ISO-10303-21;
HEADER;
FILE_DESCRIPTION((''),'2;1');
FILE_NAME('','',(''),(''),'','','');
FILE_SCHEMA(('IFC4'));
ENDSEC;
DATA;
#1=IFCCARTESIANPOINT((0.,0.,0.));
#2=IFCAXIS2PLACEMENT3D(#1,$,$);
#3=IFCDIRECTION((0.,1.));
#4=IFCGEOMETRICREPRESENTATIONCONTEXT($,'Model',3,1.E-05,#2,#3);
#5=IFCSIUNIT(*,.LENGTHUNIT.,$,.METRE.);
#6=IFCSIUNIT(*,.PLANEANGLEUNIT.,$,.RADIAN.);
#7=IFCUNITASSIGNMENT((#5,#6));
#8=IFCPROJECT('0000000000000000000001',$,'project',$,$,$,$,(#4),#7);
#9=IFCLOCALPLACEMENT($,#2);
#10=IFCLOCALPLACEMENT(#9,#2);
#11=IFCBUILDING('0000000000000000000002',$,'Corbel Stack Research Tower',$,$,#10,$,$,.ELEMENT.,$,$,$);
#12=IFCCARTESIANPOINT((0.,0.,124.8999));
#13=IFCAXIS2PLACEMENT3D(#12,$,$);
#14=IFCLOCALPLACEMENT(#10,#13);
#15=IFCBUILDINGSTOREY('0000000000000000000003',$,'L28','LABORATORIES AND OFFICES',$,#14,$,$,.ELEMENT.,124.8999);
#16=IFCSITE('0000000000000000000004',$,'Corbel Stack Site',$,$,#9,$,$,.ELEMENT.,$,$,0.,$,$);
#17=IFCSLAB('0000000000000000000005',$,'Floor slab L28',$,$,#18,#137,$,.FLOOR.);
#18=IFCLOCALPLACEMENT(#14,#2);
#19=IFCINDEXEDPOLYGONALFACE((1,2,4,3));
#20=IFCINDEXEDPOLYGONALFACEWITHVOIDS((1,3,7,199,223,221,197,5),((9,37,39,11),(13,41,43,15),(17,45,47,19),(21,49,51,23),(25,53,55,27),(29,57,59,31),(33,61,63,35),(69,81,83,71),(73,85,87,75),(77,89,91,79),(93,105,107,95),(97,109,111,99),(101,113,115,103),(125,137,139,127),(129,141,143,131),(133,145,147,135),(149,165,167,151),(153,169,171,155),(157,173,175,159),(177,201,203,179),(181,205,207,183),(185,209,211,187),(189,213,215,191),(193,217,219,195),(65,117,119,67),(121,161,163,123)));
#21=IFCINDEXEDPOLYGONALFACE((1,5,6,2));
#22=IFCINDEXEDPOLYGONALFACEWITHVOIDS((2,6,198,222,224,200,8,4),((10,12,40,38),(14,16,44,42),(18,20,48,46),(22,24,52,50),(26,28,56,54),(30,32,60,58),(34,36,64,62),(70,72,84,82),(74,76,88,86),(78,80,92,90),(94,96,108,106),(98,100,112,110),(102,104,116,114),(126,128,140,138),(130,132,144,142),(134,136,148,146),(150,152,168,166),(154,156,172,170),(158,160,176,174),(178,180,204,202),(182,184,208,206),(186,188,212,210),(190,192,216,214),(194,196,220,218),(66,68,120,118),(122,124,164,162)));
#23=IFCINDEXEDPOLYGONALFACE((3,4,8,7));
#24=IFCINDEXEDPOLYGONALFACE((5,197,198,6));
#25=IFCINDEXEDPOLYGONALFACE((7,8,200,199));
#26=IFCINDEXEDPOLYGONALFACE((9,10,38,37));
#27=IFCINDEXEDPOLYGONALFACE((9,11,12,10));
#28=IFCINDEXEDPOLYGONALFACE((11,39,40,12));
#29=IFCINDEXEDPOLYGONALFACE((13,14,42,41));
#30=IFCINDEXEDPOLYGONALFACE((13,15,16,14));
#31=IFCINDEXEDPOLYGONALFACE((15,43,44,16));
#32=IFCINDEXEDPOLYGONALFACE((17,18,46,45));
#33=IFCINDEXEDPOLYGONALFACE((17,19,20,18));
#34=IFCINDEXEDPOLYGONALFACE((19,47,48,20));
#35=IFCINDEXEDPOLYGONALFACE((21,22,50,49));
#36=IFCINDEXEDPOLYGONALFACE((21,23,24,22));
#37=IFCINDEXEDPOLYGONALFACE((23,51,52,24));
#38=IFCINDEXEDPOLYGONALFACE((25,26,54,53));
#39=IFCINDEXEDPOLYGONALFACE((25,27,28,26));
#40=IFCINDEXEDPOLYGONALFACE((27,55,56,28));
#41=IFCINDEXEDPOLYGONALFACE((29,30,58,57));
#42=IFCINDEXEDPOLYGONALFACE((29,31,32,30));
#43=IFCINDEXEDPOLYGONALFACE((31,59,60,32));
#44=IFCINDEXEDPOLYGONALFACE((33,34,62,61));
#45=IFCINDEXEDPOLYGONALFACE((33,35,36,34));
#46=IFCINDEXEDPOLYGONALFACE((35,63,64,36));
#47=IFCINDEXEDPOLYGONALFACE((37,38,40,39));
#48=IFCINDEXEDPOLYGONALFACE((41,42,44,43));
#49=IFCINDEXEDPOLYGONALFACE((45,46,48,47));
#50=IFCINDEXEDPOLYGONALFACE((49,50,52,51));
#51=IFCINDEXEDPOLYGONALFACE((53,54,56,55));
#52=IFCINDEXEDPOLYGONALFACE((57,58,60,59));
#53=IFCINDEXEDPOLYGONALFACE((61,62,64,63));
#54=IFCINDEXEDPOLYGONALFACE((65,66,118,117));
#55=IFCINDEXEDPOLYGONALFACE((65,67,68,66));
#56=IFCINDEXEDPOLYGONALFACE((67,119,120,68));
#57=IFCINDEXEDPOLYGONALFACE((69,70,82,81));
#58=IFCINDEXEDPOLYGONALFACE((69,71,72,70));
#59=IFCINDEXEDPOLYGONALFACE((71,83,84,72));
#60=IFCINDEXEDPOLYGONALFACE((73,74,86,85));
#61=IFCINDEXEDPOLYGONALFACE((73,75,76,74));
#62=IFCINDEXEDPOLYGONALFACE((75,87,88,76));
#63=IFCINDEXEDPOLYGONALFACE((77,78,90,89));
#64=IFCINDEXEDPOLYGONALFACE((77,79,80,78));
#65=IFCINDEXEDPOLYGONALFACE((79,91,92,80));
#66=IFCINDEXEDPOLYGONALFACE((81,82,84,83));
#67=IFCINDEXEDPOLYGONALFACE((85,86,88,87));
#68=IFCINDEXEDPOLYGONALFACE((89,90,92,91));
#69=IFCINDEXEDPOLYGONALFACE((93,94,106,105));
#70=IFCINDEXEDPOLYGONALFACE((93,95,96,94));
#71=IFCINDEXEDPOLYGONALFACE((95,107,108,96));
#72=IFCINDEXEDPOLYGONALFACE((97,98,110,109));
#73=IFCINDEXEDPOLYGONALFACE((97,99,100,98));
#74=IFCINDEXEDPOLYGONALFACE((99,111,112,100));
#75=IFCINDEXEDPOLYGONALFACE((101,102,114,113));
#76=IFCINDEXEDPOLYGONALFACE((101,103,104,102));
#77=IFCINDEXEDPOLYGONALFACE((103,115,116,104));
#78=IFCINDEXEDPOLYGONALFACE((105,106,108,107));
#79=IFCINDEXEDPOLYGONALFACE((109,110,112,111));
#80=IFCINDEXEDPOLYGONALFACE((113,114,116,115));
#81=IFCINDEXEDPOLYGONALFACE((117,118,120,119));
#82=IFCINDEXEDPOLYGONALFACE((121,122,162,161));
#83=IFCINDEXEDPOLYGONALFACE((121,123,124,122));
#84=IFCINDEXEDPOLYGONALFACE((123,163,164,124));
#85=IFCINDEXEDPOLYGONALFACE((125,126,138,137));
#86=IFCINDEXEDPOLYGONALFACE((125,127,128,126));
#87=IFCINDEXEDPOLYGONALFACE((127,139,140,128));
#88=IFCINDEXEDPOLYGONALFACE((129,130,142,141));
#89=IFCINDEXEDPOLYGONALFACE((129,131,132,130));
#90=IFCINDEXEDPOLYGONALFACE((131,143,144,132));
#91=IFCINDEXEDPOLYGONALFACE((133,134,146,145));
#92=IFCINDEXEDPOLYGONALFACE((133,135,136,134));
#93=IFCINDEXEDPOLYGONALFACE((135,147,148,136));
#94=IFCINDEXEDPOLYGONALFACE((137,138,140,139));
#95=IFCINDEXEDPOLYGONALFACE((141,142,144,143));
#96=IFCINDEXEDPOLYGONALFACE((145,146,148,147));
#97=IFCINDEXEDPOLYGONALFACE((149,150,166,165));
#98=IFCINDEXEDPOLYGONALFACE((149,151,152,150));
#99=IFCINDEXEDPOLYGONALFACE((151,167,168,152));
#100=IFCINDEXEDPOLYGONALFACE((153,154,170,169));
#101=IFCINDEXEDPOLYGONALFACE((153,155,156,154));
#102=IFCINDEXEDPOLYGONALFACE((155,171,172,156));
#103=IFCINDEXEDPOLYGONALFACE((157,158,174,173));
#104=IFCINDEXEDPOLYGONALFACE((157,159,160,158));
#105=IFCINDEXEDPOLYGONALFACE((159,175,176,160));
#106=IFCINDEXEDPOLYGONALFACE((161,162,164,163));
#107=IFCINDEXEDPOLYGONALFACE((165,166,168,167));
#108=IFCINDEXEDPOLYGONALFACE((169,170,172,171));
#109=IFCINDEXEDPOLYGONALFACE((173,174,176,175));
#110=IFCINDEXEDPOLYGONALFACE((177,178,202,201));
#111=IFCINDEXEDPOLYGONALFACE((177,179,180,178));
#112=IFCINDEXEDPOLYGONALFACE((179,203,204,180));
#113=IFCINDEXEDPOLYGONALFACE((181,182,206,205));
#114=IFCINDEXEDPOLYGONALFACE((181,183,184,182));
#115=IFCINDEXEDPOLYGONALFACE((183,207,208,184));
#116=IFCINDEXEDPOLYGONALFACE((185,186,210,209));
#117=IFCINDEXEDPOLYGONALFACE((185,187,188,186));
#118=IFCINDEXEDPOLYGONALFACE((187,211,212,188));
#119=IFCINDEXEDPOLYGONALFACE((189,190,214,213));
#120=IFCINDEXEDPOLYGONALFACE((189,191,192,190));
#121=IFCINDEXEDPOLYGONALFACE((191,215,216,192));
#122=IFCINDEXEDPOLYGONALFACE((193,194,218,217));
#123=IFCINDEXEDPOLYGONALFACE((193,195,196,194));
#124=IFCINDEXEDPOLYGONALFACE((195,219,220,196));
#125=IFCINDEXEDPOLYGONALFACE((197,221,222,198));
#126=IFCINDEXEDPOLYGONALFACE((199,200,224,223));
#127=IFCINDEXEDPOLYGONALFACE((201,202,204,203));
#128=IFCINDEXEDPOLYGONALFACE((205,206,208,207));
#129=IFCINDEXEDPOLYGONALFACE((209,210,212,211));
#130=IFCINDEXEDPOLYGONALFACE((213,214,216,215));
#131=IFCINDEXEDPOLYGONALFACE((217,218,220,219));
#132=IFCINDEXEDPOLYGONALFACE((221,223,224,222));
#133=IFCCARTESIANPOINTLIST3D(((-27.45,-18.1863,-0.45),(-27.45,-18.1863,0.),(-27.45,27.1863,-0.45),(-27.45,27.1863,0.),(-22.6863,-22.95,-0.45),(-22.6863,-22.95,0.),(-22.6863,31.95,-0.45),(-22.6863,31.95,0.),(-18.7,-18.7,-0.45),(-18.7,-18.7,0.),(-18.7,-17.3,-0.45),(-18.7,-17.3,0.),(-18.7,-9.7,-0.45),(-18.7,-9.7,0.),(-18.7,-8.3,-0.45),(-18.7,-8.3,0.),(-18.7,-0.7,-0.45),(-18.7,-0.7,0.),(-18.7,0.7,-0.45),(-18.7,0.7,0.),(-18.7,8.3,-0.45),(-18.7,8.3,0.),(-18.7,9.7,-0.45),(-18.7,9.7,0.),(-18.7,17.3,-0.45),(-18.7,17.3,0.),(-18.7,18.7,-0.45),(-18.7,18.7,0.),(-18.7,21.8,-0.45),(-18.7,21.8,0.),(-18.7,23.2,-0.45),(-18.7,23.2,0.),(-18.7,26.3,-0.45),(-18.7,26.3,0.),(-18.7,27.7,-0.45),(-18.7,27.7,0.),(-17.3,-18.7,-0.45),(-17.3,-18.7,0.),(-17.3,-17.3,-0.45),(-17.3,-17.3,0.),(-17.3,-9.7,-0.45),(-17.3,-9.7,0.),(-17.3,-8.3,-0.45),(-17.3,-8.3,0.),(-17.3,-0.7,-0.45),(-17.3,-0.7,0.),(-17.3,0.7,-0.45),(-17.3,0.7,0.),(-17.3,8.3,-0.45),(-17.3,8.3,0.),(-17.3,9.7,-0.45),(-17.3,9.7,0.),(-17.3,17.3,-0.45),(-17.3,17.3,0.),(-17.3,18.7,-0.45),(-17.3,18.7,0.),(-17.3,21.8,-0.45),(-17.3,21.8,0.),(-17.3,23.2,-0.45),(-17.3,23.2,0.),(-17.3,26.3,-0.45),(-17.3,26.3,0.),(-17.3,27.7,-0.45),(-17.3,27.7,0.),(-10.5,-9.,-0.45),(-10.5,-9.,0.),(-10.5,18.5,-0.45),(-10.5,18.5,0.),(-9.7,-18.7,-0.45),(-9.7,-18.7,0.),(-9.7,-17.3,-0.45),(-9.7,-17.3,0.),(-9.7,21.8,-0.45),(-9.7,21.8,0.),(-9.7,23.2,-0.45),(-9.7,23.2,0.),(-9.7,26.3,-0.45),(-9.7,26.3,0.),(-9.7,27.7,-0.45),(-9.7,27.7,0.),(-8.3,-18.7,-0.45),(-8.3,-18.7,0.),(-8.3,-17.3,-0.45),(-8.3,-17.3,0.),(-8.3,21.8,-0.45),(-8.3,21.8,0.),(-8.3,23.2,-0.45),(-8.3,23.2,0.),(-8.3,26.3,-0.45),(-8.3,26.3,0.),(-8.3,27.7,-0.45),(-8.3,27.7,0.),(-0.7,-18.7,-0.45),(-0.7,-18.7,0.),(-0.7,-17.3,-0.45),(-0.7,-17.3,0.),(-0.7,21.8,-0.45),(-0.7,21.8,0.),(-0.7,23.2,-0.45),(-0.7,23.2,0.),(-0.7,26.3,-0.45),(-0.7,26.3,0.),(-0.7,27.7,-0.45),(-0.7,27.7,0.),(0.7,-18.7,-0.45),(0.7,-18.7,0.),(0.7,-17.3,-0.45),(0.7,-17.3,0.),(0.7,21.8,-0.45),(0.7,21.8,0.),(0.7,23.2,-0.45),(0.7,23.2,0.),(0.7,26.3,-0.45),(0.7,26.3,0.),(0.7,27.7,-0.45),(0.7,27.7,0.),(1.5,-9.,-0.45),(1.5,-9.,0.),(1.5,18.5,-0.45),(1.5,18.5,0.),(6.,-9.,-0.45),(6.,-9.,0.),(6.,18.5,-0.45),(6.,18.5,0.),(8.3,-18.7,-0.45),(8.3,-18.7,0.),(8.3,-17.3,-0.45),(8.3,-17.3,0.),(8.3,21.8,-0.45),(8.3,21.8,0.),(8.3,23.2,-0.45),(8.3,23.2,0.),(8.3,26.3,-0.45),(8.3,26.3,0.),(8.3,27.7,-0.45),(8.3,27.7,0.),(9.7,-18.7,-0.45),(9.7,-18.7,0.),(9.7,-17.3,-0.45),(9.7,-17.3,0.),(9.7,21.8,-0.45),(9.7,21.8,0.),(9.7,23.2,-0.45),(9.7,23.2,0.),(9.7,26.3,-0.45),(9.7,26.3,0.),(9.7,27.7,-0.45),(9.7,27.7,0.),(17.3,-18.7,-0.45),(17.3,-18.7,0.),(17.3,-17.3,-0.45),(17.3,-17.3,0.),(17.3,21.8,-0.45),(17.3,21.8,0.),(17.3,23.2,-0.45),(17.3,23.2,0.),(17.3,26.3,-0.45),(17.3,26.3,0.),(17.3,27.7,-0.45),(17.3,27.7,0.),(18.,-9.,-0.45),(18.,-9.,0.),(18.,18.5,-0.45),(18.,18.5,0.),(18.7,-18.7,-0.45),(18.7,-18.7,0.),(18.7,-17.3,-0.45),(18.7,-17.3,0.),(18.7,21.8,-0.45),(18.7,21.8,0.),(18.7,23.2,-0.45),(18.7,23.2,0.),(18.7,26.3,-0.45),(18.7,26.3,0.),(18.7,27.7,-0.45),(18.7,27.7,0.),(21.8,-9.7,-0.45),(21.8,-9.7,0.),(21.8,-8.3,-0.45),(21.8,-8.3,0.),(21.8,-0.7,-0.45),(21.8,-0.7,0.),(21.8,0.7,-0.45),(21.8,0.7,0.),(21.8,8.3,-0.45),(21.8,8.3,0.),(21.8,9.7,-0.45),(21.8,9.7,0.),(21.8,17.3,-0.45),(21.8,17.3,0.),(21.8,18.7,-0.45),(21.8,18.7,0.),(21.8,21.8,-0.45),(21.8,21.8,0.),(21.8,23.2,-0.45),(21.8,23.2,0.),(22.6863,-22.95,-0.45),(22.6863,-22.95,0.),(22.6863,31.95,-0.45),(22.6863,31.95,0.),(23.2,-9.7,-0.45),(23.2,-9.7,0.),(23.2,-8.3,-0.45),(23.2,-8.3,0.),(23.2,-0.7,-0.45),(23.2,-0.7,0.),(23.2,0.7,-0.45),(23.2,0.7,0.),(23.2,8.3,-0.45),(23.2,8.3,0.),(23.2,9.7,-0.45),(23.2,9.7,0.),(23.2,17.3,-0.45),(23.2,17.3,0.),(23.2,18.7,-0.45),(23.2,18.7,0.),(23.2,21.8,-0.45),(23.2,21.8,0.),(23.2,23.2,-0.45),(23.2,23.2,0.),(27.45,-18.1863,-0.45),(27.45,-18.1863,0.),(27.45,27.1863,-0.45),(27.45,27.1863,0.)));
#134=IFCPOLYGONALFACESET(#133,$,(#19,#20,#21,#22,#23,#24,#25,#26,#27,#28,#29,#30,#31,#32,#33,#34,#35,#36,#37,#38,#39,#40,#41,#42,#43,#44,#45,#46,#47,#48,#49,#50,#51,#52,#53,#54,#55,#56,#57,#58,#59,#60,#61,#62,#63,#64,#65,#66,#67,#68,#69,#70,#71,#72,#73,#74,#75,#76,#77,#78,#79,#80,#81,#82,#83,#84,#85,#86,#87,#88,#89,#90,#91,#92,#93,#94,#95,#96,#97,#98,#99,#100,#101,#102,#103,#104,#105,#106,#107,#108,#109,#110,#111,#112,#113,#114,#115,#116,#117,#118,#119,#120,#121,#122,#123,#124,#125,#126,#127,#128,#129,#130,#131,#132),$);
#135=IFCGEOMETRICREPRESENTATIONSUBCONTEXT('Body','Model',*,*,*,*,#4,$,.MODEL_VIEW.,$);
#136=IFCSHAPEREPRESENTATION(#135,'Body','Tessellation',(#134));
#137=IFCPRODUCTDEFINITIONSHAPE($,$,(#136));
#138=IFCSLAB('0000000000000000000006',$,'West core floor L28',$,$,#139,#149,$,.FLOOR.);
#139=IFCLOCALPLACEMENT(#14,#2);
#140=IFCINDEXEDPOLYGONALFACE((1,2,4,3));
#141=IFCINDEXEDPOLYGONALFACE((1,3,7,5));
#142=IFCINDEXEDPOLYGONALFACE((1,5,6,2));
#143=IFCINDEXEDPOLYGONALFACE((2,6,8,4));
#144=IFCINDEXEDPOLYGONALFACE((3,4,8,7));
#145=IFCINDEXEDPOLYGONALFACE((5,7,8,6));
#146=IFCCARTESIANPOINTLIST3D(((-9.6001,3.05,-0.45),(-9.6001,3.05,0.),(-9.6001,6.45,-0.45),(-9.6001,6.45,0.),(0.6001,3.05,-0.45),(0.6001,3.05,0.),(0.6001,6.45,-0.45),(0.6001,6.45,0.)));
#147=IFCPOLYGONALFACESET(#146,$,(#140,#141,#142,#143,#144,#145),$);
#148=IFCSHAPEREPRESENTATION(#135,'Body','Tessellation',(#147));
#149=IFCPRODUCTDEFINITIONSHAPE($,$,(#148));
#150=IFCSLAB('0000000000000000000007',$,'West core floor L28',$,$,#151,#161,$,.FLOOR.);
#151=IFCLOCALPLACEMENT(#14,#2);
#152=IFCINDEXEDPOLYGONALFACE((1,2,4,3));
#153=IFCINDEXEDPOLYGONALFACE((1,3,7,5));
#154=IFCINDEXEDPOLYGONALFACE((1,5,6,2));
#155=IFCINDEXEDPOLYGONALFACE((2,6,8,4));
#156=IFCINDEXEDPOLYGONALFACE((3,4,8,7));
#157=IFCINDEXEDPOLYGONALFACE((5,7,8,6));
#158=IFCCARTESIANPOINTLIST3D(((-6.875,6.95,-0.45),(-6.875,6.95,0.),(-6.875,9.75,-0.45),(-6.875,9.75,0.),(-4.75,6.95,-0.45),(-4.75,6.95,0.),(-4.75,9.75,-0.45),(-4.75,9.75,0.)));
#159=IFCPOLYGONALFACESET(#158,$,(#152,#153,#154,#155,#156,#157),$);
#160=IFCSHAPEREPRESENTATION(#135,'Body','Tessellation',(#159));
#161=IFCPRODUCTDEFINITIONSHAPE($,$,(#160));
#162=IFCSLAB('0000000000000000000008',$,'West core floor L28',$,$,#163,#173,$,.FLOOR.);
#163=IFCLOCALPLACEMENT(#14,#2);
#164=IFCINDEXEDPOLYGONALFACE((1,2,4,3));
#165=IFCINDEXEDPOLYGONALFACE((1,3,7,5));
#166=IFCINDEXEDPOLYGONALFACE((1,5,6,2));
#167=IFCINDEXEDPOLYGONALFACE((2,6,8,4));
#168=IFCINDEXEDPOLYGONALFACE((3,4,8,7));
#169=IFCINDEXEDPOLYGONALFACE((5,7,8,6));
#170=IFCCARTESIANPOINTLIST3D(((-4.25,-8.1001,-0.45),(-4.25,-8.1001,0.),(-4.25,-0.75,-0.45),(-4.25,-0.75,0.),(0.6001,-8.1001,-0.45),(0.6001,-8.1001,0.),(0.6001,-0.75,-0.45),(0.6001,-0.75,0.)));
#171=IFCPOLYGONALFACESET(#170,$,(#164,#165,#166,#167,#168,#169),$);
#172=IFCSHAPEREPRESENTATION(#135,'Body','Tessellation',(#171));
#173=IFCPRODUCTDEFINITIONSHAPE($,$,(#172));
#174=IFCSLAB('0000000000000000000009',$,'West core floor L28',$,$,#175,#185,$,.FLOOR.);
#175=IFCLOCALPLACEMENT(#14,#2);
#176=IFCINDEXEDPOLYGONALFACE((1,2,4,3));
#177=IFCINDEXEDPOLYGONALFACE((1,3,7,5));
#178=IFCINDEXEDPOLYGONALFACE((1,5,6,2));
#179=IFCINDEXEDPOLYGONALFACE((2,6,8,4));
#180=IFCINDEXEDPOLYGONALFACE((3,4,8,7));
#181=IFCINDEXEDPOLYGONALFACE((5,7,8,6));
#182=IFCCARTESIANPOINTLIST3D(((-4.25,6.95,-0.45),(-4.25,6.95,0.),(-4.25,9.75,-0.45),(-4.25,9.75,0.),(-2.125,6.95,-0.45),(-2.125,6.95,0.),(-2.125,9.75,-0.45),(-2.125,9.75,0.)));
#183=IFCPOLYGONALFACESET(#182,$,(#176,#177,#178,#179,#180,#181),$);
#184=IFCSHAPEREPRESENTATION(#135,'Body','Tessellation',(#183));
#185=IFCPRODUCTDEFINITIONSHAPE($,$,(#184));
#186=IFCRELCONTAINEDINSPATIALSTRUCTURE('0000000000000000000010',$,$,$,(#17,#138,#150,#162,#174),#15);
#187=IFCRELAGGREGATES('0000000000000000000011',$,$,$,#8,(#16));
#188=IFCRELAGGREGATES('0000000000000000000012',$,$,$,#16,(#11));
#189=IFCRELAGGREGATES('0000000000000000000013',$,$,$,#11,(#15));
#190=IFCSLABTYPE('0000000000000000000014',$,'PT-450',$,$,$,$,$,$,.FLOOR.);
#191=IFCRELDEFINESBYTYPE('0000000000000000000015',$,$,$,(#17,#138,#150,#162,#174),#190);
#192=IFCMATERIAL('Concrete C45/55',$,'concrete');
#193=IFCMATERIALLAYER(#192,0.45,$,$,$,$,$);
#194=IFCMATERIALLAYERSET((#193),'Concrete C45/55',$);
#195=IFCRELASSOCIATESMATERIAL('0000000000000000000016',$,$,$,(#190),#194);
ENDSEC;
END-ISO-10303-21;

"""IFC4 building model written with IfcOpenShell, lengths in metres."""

from ifc_helpers import new_model, si_unit, direction, frame, origin, place, context, subcontext, project, spatial, polyline, outline, extrude, material, layer, layer_set, type_object, element, save


model = new_model("IFC4")

# Units and contexts
model_context = context("Model", 3, precision=1e-05, world=origin(), true_north=direction((0.0, 1.0)))
body_context = subcontext(model_context, "Body", "Model", "MODEL_VIEW")
ifc_project = project(units=[si_unit("LENGTHUNIT", "METRE"), si_unit("PLANEANGLEUNIT", "RADIAN")], contexts=[model_context])

# Site, building, storey
site_placement = place(None, origin())
site = spatial("IfcSite", under=ifc_project, at=site_placement, Name="Corbel Stack Site", CompositionType="ELEMENT", RefElevation=0.0)
building_placement = place(site_placement, origin())
building = spatial("IfcBuilding", under=site, at=building_placement, Name="Corbel Stack Research Tower", CompositionType="ELEMENT")
storey_placement = place(building_placement, frame((0.0, 0.0, 124.8999)))
storey = spatial("IfcBuildingStorey", under=building, at=storey_placement, Name="L28", Description="LABORATORIES AND OFFICES", CompositionType="ELEMENT", Elevation=124.8999)

# Slabs
ifc_material_1 = material(Name="Concrete C45/55", Category="concrete")
ifc_layer_1 = layer(ifc_material_1, 0.45)
ifc_layer_set_1 = layer_set([ifc_layer_1], Name="Concrete C45/55")
slab_type_1 = type_object("IfcSlabType", Name="PT-450", PredefinedType="FLOOR", material=ifc_layer_set_1)
slab_1_placement = place(storey_placement, frame((0.0, 0.0, -0.45)))
element("IfcSlab", 1, at=slab_1_placement, inside=storey, type_object=slab_type_1, Name="Floor slab L28", PredefinedType="FLOOR", context=body_context, shape_type="SweptSolid", body=[
    extrude(outline(polyline([(-22.6863, -22.95), (22.6863, -22.95), (27.45, -18.1863), (27.45, 27.1863), (22.6863, 31.95), (-22.6863, 31.95), (-27.45, 27.1863), (-27.45, -18.1863), (-22.6863, -22.95)]), holes=[polyline([(21.8, 21.8), (21.8, 23.2), (23.2, 23.2), (23.2, 21.8), (21.8, 21.8)]), polyline([(23.2, 17.3), (21.8, 17.3), (21.8, 18.7), (23.2, 18.7), (23.2, 17.3)]), polyline([(21.8, 8.3), (21.8, 9.7), (23.2, 9.7), (23.2, 8.3), (21.8, 8.3)]), polyline([(23.2, -0.7), (21.8, -0.7), (21.8, 0.7), (23.2, 0.7), (23.2, -0.7)]), polyline([(21.8, -9.7), (21.8, -8.3), (23.2, -8.3), (23.2, -9.7), (21.8, -9.7)]), polyline([(17.3, 26.3), (17.3, 27.7), (18.7, 27.7), (18.7, 26.3), (17.3, 26.3)]), polyline([(17.3, 21.8), (17.3, 23.2), (18.7, 23.2), (18.7, 21.8), (17.3, 21.8)]), polyline([(17.3, -18.7), (17.3, -17.3), (18.7, -17.3), (18.7, -18.7), (17.3, -18.7)]), polyline([(6.0, -9.0), (6.0, 18.5), (18.0, 18.5), (18.0, -9.0), (6.0, -9.0)]), polyline([(8.3, 26.3), (8.3, 27.7), (9.7, 27.7), (9.7, 26.3), (8.3, 26.3)]), polyline([(8.3, 21.8), (8.3, 23.2), (9.7, 23.2), (9.7, 21.8), (8.3, 21.8)]), polyline([(9.7, -18.7), (8.3, -18.7), (8.3, -17.3), (9.7, -17.3), (9.7, -18.7)]), polyline([(-10.5, -9.0), (-10.5, 18.5), (1.5, 18.5), (1.5, -9.0), (-10.5, -9.0)]), polyline([(-0.7, 26.3), (-0.7, 27.7), (0.7, 27.7), (0.7, 26.3), (-0.7, 26.3)]), polyline([(-0.7, 21.8), (-0.7, 23.2), (0.7, 23.2), (0.7, 21.8), (-0.7, 21.8)]), polyline([(-0.7, -18.7), (-0.7, -17.3), (0.7, -17.3), (0.7, -18.7), (-0.7, -18.7)]), polyline([(-9.7, 26.3), (-9.7, 27.7), (-8.3, 27.7), (-8.3, 26.3), (-9.7, 26.3)]), polyline([(-9.7, 21.8), (-9.7, 23.2), (-8.3, 23.2), (-8.3, 21.8), (-9.7, 21.8)]), polyline([(-9.7, -18.7), (-9.7, -17.3), (-8.3, -17.3), (-8.3, -18.7), (-9.7, -18.7)]), polyline([(-18.7, 26.3), (-18.7, 27.7), (-17.3, 27.7), (-17.3, 26.3), (-18.7, 26.3)]), polyline([(-18.7, 21.8), (-18.7, 23.2), (-17.3, 23.2), (-17.3, 21.8), (-18.7, 21.8)]), polyline([(-18.7, 17.3), (-18.7, 18.7), (-17.3, 18.7), (-17.3, 17.3), (-18.7, 17.3)]), polyline([(-17.3, 8.3), (-18.7, 8.3), (-18.7, 9.7), (-17.3, 9.7), (-17.3, 8.3)]), polyline([(-18.7, -0.7), (-18.7, 0.7), (-17.3, 0.7), (-17.3, -0.7), (-18.7, -0.7)]), polyline([(-17.3, -9.7), (-18.7, -9.7), (-18.7, -8.3), (-17.3, -8.3), (-17.3, -9.7)]), polyline([(-17.3, -18.7), (-18.7, -18.7), (-18.7, -17.3), (-17.3, -17.3), (-17.3, -18.7)])]), origin(), (0.0, 0.0, 1.0), 0.45),
])
slab_2_placement = place(storey_placement, frame((0.0, 0.0, -0.45)))
element("IfcSlab", 2, at=slab_2_placement, inside=storey, type_object=slab_type_1, Name="West core floor L28", PredefinedType="FLOOR", context=body_context, shape_type="SweptSolid", body=[
    extrude(outline(polyline([(0.6001, 6.45), (-9.6001, 6.45), (-9.6001, 3.05), (0.6001, 3.05), (0.6001, 6.45)])), origin(), (0.0, 0.0, 1.0), 0.45),
])
slab_3_placement = place(storey_placement, frame((0.0, 0.0, -0.45)))
element("IfcSlab", 3, at=slab_3_placement, inside=storey, type_object=slab_type_1, Name="West core floor L28", PredefinedType="FLOOR", context=body_context, shape_type="SweptSolid", body=[
    extrude(outline(polyline([(-6.875, 6.95), (-4.75, 6.95), (-4.75, 9.75), (-6.875, 9.75), (-6.875, 6.95)])), origin(), (0.0, 0.0, 1.0), 0.45),
])
slab_4_placement = place(storey_placement, frame((0.0, 0.0, -0.45)))
element("IfcSlab", 4, at=slab_4_placement, inside=storey, type_object=slab_type_1, Name="West core floor L28", PredefinedType="FLOOR", context=body_context, shape_type="SweptSolid", body=[
    extrude(outline(polyline([(0.6001, -8.1001), (0.6001, -0.75), (-4.25, -0.75), (-4.25, -8.1001), (0.6001, -8.1001)])), origin(), (0.0, 0.0, 1.0), 0.45),
])
slab_5_placement = place(storey_placement, frame((0.0, 0.0, -0.45)))
element("IfcSlab", 5, at=slab_5_placement, inside=storey, type_object=slab_type_1, Name="West core floor L28", PredefinedType="FLOOR", context=body_context, shape_type="SweptSolid", body=[
    extrude(outline(polyline([(-2.125, 6.95), (-2.125, 9.75), (-4.25, 9.75), (-4.25, 6.95), (-2.125, 6.95)])), origin(), (0.0, 0.0, 1.0), 0.45),
])

save(model, "model.ifc")
